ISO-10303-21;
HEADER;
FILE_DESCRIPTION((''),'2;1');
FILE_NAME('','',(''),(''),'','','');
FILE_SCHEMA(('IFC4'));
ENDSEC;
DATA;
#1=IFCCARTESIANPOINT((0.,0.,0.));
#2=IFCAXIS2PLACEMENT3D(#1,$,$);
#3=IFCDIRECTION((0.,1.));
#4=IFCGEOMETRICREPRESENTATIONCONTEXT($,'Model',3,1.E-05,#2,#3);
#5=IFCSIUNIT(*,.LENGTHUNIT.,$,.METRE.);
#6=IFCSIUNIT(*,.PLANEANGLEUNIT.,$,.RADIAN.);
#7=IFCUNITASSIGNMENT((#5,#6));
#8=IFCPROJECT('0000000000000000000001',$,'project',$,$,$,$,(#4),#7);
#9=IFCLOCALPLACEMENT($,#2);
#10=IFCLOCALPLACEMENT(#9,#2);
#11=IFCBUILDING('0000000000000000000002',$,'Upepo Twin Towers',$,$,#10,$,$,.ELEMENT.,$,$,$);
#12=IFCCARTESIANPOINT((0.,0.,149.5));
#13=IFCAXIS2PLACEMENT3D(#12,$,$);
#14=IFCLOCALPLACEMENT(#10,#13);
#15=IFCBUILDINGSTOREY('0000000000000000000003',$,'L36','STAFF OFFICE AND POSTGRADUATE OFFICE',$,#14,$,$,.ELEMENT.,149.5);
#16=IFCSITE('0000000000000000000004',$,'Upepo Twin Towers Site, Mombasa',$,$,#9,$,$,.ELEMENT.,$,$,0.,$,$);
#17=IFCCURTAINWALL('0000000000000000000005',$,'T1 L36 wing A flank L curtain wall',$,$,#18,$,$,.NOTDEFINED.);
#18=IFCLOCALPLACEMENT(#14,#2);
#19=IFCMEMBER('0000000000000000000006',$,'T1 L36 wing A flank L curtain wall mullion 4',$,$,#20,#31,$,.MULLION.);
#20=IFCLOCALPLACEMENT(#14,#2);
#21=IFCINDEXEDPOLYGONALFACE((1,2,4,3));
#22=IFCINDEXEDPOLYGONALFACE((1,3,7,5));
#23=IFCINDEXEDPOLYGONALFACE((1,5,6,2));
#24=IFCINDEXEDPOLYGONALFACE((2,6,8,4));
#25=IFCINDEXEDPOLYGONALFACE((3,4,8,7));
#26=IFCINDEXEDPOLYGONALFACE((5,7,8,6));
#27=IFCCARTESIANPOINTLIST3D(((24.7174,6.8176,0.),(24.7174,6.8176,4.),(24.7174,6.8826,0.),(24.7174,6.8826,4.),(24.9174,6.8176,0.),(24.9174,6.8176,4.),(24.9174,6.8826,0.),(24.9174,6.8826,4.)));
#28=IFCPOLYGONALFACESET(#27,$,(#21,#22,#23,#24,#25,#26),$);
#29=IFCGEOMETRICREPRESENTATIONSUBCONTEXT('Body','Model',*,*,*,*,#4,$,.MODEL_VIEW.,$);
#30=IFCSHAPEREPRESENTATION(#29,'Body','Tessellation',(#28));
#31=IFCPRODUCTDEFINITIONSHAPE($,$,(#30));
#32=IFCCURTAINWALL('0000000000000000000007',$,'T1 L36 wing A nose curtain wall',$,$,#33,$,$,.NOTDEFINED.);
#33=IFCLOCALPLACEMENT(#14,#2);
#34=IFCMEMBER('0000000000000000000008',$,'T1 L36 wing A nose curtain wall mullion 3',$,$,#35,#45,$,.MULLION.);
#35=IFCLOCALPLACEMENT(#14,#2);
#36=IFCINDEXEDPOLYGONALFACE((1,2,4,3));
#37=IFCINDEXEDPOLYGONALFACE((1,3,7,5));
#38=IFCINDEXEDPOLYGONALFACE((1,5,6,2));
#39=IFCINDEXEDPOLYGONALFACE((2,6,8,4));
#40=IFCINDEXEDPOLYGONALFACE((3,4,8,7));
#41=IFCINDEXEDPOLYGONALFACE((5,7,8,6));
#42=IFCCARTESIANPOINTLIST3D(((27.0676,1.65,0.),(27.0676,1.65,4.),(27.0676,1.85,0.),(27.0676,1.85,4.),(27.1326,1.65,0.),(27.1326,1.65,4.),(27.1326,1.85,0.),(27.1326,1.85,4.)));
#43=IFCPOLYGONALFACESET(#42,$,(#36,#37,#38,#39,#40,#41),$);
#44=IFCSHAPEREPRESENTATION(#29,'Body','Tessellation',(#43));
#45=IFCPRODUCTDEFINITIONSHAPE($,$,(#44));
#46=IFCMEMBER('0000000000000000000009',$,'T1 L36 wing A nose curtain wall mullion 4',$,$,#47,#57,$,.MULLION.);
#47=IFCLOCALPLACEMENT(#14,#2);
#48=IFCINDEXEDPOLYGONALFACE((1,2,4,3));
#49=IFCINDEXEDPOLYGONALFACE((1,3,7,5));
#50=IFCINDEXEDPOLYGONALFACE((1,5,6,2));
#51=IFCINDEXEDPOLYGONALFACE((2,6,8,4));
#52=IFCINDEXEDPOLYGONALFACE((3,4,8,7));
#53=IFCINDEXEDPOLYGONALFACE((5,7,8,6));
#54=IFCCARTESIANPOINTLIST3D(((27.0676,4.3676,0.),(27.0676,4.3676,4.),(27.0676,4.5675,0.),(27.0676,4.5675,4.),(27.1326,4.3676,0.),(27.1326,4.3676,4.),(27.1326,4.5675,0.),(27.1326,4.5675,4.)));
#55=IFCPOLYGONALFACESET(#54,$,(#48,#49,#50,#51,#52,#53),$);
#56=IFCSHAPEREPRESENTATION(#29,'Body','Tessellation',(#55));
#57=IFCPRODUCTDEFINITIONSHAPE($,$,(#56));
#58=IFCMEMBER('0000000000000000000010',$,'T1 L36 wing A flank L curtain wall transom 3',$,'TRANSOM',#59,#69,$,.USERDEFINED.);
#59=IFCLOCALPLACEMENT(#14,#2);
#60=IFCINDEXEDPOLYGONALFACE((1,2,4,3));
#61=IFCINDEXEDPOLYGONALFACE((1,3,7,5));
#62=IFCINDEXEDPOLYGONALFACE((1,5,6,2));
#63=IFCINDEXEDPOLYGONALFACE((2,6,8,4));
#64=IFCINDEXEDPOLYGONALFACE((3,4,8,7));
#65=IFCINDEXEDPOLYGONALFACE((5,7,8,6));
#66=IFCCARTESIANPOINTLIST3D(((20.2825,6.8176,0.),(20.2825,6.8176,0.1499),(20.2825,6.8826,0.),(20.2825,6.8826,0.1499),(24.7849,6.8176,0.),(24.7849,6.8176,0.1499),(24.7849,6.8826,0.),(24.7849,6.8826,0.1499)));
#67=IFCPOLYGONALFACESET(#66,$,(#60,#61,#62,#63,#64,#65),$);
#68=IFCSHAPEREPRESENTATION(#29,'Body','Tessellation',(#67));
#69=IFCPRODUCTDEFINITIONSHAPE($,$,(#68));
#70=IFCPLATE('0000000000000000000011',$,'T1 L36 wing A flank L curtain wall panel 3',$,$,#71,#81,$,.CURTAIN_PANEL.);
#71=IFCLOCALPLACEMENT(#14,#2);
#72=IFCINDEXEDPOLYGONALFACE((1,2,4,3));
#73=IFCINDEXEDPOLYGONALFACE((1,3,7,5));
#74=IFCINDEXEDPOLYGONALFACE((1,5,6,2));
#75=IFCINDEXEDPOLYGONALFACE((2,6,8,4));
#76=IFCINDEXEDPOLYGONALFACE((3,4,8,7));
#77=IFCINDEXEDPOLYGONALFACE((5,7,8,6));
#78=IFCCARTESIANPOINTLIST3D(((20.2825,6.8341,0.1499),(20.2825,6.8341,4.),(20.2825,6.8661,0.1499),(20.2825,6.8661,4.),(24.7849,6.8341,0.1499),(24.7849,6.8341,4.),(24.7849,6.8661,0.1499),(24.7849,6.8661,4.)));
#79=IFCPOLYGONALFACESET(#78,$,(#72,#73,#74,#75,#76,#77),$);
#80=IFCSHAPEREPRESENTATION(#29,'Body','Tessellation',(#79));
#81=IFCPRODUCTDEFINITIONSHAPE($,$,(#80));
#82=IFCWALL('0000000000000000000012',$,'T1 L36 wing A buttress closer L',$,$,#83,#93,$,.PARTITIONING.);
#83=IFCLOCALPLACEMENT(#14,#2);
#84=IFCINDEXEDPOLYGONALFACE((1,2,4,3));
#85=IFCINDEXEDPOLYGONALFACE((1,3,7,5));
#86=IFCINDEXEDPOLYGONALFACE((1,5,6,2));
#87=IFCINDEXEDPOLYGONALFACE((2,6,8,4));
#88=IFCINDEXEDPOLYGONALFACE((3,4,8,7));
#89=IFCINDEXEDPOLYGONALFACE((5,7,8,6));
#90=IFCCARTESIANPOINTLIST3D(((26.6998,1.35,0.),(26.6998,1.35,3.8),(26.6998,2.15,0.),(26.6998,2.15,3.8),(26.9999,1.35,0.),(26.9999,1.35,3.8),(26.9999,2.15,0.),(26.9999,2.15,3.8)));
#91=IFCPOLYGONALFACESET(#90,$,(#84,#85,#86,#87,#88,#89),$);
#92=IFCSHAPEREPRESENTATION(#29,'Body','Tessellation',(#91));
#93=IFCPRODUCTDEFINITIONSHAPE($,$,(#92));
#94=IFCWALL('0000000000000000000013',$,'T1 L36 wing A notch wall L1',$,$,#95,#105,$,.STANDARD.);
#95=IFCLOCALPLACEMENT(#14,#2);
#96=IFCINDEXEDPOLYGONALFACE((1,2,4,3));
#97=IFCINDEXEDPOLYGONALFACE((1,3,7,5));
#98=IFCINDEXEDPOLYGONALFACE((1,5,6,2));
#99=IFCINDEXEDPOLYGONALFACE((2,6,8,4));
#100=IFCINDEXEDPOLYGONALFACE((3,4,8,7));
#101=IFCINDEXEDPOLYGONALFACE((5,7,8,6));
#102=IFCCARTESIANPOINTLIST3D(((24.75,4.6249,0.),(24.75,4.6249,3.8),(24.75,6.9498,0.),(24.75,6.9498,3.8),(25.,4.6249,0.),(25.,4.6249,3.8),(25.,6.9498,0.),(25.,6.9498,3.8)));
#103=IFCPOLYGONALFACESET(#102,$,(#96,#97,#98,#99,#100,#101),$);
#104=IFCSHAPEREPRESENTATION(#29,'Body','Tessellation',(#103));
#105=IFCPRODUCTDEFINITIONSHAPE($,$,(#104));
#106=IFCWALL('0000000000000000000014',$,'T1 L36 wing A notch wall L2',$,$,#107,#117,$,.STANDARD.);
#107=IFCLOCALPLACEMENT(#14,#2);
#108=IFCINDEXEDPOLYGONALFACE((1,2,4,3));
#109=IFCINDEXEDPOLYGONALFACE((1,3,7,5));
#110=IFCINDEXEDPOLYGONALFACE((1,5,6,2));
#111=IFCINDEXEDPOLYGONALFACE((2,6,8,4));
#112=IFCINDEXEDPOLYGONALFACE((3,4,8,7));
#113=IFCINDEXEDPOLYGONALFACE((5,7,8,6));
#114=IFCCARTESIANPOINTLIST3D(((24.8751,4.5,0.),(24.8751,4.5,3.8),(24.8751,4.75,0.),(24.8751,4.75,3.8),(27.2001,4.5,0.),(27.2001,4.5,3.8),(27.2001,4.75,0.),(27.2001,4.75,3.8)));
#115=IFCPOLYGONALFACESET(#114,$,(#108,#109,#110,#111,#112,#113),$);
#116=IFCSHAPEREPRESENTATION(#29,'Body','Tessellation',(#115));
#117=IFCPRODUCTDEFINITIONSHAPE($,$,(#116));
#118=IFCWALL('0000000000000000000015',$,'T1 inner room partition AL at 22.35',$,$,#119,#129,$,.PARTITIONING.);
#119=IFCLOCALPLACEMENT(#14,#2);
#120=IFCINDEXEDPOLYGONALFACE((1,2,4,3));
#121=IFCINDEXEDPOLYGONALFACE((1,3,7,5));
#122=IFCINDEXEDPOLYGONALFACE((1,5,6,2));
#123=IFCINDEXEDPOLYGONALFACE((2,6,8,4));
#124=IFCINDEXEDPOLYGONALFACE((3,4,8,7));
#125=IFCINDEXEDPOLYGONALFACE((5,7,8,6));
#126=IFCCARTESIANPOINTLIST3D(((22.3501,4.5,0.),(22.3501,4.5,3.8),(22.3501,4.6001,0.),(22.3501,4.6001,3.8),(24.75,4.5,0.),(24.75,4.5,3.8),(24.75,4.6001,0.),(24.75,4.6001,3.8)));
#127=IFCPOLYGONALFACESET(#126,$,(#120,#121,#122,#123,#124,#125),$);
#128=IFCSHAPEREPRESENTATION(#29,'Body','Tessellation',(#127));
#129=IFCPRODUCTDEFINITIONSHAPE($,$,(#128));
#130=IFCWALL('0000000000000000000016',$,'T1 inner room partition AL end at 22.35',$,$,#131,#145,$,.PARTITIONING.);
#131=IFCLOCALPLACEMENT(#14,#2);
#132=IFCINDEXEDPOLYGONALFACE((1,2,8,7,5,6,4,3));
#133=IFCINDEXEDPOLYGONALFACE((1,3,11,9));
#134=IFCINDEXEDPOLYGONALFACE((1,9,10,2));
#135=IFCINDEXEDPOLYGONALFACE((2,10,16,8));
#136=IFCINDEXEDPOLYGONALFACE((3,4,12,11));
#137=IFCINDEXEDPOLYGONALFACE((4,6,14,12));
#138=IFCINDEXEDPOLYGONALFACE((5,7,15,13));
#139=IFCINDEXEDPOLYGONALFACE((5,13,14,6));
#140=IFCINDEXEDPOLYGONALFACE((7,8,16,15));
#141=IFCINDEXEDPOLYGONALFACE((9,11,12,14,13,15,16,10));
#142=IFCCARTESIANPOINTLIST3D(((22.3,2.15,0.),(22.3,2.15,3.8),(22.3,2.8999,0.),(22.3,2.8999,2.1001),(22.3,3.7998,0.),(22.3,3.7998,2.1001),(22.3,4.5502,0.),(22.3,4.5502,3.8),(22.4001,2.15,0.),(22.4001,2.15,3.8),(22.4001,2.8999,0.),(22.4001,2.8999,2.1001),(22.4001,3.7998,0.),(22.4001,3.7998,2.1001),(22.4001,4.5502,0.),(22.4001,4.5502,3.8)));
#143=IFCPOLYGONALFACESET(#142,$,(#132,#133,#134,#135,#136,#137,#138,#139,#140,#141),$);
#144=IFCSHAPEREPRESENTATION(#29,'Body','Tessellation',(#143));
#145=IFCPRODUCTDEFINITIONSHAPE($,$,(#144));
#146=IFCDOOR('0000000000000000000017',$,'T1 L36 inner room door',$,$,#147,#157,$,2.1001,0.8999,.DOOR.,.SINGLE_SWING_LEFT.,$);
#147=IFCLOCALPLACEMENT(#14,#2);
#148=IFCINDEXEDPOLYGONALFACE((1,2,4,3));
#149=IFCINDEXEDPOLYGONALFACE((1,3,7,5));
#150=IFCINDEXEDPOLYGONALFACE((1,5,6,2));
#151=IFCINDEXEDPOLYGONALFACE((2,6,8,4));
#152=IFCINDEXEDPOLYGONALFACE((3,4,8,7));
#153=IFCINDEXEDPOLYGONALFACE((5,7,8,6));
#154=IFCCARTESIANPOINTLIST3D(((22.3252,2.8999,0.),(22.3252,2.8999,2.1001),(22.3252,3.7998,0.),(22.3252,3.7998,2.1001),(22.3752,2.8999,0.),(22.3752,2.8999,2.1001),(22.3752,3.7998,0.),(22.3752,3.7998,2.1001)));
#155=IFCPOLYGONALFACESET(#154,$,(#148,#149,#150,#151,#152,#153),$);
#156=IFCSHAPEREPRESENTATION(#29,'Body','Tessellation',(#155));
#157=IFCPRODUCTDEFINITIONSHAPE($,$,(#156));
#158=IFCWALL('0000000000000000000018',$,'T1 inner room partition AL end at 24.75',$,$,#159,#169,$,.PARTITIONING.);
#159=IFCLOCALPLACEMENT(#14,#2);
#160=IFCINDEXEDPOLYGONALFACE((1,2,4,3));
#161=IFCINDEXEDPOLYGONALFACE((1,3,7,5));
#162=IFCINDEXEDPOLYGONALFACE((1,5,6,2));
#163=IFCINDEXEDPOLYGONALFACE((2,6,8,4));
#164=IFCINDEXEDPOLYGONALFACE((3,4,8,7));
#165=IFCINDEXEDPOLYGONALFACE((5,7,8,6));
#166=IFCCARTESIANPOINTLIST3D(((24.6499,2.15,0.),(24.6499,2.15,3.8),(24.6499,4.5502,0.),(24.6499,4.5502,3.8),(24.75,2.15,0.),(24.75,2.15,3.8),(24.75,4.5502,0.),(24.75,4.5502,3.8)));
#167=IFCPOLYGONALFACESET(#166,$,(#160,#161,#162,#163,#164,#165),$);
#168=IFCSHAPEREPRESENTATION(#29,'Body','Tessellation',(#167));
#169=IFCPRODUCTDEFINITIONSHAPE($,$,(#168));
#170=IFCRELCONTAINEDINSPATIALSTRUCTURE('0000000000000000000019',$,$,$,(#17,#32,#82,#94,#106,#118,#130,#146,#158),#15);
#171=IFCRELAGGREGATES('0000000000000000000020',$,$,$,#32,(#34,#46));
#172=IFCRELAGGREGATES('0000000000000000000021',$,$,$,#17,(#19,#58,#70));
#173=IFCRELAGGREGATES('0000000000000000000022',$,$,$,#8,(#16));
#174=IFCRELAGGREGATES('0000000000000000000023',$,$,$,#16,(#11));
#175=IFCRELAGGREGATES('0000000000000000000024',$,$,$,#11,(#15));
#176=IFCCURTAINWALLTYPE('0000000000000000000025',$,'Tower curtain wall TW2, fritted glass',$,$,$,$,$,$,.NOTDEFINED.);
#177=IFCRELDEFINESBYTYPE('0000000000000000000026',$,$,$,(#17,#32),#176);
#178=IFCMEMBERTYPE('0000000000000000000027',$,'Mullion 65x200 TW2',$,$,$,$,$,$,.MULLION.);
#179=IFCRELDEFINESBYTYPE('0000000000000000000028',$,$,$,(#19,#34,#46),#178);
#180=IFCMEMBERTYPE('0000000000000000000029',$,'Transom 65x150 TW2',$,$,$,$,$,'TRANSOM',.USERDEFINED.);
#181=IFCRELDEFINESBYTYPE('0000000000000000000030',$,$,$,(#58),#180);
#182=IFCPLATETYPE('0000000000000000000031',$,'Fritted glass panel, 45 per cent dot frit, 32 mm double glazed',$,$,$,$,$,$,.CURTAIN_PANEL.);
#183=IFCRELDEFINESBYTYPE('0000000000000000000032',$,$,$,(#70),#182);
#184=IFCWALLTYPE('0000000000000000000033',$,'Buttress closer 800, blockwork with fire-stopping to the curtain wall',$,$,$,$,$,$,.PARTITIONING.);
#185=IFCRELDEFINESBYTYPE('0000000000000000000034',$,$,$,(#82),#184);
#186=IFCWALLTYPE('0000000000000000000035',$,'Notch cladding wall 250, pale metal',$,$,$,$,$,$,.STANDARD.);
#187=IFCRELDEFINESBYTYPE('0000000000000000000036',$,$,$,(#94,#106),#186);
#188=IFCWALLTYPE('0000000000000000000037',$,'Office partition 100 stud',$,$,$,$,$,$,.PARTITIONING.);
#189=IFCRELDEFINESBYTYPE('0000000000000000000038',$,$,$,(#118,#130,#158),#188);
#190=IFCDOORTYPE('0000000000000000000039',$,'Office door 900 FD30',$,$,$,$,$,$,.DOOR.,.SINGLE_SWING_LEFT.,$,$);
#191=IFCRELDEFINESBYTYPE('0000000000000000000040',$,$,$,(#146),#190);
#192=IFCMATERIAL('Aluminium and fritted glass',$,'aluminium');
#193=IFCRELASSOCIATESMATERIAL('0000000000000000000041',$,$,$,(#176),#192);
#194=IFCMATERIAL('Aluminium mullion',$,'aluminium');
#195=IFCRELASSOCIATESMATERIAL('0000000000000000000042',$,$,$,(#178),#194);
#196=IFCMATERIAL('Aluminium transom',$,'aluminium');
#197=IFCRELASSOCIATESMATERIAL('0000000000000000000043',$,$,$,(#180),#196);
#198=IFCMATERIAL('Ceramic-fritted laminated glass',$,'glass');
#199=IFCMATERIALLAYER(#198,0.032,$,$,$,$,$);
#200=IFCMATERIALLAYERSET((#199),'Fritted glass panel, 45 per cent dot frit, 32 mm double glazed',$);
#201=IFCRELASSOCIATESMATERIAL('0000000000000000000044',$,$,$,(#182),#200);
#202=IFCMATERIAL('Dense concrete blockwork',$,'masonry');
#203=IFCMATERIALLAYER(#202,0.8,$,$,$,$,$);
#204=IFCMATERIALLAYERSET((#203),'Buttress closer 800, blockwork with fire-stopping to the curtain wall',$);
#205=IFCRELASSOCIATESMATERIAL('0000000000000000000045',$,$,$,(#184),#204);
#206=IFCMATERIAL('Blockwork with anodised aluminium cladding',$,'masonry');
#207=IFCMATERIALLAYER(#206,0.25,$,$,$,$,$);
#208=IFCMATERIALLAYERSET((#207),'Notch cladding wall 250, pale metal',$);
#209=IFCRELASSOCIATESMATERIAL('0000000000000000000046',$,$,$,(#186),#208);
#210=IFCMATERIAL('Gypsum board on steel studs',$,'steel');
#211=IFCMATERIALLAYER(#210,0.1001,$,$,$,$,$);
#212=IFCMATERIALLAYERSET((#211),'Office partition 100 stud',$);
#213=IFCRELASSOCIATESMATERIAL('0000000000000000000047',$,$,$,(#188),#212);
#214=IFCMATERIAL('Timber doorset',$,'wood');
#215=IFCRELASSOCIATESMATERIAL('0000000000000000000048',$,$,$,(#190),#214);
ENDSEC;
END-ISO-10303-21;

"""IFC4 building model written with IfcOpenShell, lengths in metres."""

from ifc_helpers import new_model, si_unit, direction, frame, frame_2d, origin, origin_2d, place, context, subcontext, project, spatial, rectangle, extrude, material, layer, layer_set, material_profile, profile_set, type_object, element, fill, aggregate, save


model = new_model("IFC4")

# Units and contexts
model_context = context("Model", 3, precision=1e-05, world=origin(), true_north=direction((0.0, 1.0)))
body_context = subcontext(model_context, "Body", "Model", "MODEL_VIEW")
ifc_project = project(units=[si_unit("LENGTHUNIT", "METRE"), si_unit("PLANEANGLEUNIT", "RADIAN")], contexts=[model_context])

# Site, building, storey
site_placement = place(None, origin())
site = spatial("IfcSite", under=ifc_project, at=site_placement, Name="Upepo Twin Towers Site, Mombasa", CompositionType="ELEMENT", RefElevation=0.0)
building_placement = place(site_placement, origin())
building = spatial("IfcBuilding", under=site, at=building_placement, Name="Upepo Twin Towers", CompositionType="ELEMENT")
storey_placement = place(building_placement, frame((0.0, 0.0, 149.5)))
storey = spatial("IfcBuildingStorey", under=building, at=storey_placement, Name="L36", Description="STAFF OFFICE AND POSTGRADUATE OFFICE", CompositionType="ELEMENT", Elevation=149.5)

# Curtain walls, members
ifc_material_1 = material(Name="Aluminium and fritted glass", Category="aluminium")
curtain_wall_type = type_object("IfcCurtainWallType", Name="Tower curtain wall TW2, fritted glass", PredefinedType="NOTDEFINED", material=ifc_material_1)
curtain_wall_1_placement = place(storey_placement, origin())
curtain_wall_1 = element("IfcCurtainWall", 1, at=curtain_wall_1_placement, inside=storey, type_object=curtain_wall_type, Name="T1 L36 wing A flank L curtain wall", PredefinedType="NOTDEFINED")
ifc_material_2 = material(Name="Aluminium mullion", Category="aluminium")
ifc_material_profile_1 = material_profile(ifc_material_2, rectangle(XDim=0.0649, YDim=0.2, at=origin_2d()), Name="MULLION 65x200")
ifc_profile_set_1 = profile_set([ifc_material_profile_1], Name="Aluminium mullion")
member_type_1 = type_object("IfcMemberType", Name="Mullion 65x200 TW2", PredefinedType="MULLION", material=ifc_profile_set_1)
member_1_placement = place(storey_placement, frame((24.8174, 6.8501, 0.0), z_axis=(0.0, 0.0, 1.0), x_axis=(0.0, 1.0, 0.0)))
member_1 = element("IfcMember", 2, at=member_1_placement, type_object=member_type_1, Name="T1 L36 wing A flank L curtain wall mullion 4", PredefinedType="MULLION", context=body_context, shape_type="SweptSolid", body=[
    extrude(rectangle(XDim=0.0649, YDim=0.2, at=origin_2d()), origin(), (0.0, 0.0, 1.0), 4.0),
])
curtain_wall_2_placement = place(storey_placement, origin())
curtain_wall_2 = element("IfcCurtainWall", 3, at=curtain_wall_2_placement, inside=storey, type_object=curtain_wall_type, Name="T1 L36 wing A nose curtain wall", PredefinedType="NOTDEFINED")
member_2_placement = place(storey_placement, frame((27.1001, 1.75, 0.0), z_axis=(0.0, 0.0, 1.0), x_axis=(-1.0, 0.0, 0.0)))
member_2 = element("IfcMember", 4, at=member_2_placement, type_object=member_type_1, Name="T1 L36 wing A nose curtain wall mullion 3", PredefinedType="MULLION", context=body_context, shape_type="SweptSolid", body=[
    extrude(rectangle(XDim=0.0649, YDim=0.2, at=origin_2d()), origin(), (0.0, 0.0, 1.0), 4.0),
])
member_3_placement = place(storey_placement, frame((27.1001, 4.4675, 0.0), z_axis=(0.0, 0.0, 1.0), x_axis=(-1.0, 0.0, 0.0)))
member_3 = element("IfcMember", 5, at=member_3_placement, type_object=member_type_1, Name="T1 L36 wing A nose curtain wall mullion 4", PredefinedType="MULLION", context=body_context, shape_type="SweptSolid", body=[
    extrude(rectangle(XDim=0.0649, YDim=0.2, at=origin_2d()), origin(), (0.0, 0.0, 1.0), 4.0),
])
aggregate(curtain_wall_2, [member_2, member_3])

# Member
ifc_material_3 = material(Name="Aluminium transom", Category="aluminium")
ifc_material_profile_2 = material_profile(ifc_material_3, rectangle(XDim=0.0649, YDim=0.1499, at=origin_2d()), Name="TRANSOM 65x150")
ifc_profile_set_2 = profile_set([ifc_material_profile_2], Name="Aluminium transom")
member_type_2 = type_object("IfcMemberType", Name="Transom 65x150 TW2", ElementType="TRANSOM", PredefinedType="USERDEFINED", material=ifc_profile_set_2)
member_4_placement = place(storey_placement, frame((20.2825, 6.8501, 0.075), z_axis=(1.0, 0.0, 0.0), x_axis=(0.0, 1.0, 0.0)))
member_4 = element("IfcMember", 6, at=member_4_placement, type_object=member_type_2, Name="T1 L36 wing A flank L curtain wall transom 3", ObjectType="TRANSOM", PredefinedType="USERDEFINED", context=body_context, shape_type="SweptSolid", body=[
    extrude(rectangle(XDim=0.0649, YDim=0.1499, at=origin_2d()), origin(), (0.0, 0.0, 1.0), 4.5024),
])

# Plate
ifc_material_4 = material(Name="Ceramic-fritted laminated glass", Category="glass")
ifc_layer_1 = layer(ifc_material_4, 0.032)
ifc_layer_set_1 = layer_set([ifc_layer_1], Name="Fritted glass panel, 45 per cent dot frit, 32 mm double glazed")
plate_type = type_object("IfcPlateType", Name="Fritted glass panel, 45 per cent dot frit, 32 mm double glazed", PredefinedType="CURTAIN_PANEL", material=ifc_layer_set_1)
plate_placement = place(storey_placement, frame((22.5337, 6.8501, 0.1499), z_axis=(0.0, 0.0, 1.0), x_axis=(1.0, 0.0, 0.0)))
plate = element("IfcPlate", 7, at=plate_placement, type_object=plate_type, Name="T1 L36 wing A flank L curtain wall panel 3", PredefinedType="CURTAIN_PANEL", context=body_context, shape_type="SweptSolid", body=[
    extrude(rectangle(XDim=4.5024, YDim=0.032, at=origin_2d()), origin(), (0.0, 0.0, 1.0), 3.8501),
])
aggregate(curtain_wall_1, [member_1, member_4, plate])

# Walls
ifc_material_5 = material(Name="Dense concrete blockwork", Category="masonry")
ifc_layer_2 = layer(ifc_material_5, 0.8)
ifc_layer_set_2 = layer_set([ifc_layer_2], Name="Buttress closer 800, blockwork with fire-stopping to the curtain wall")
wall_type_1 = type_object("IfcWallType", Name="Buttress closer 800, blockwork with fire-stopping to the curtain wall", PredefinedType="PARTITIONING", material=ifc_layer_set_2)
wall_1_placement = place(storey_placement, frame((26.7, 1.75, 0.0), z_axis=(0.0, 0.0, 1.0), x_axis=(1.0, 0.0, 0.0)))
element("IfcWall", 8, at=wall_1_placement, inside=storey, type_object=wall_type_1, Name="T1 L36 wing A buttress closer L", PredefinedType="PARTITIONING", context=body_context, shape_type="SweptSolid", body=[
    extrude(rectangle(XDim=0.3, YDim=0.8, at=frame_2d((0.1499, 0.0))), origin(), (0.0, 0.0, 1.0), 3.8),
])
ifc_material_6 = material(Name="Blockwork with anodised aluminium cladding", Category="masonry")
ifc_layer_3 = layer(ifc_material_6, 0.25)
ifc_layer_set_3 = layer_set([ifc_layer_3], Name="Notch cladding wall 250, pale metal")
wall_type_2 = type_object("IfcWallType", Name="Notch cladding wall 250, pale metal", PredefinedType="STANDARD", material=ifc_layer_set_3)
for number, where, z_axis, x_axis, name in (
    (9, (24.875, 6.95, 0.0), (0.0, 0.0, 1.0), (0.0, -1.0, 0.0), "T1 L36 wing A notch wall L1"),
    (10, (24.875, 4.625, 0.0), (0.0, 0.0, 1.0), (1.0, 0.0, 0.0), "T1 L36 wing A notch wall L2"),
):
    element("IfcWall", number, at=place(storey_placement, frame(where, z_axis=z_axis, x_axis=x_axis)), inside=storey, type_object=wall_type_2, Name=name, PredefinedType="STANDARD", context=body_context, shape_type="SweptSolid", body=[
        extrude(rectangle(XDim=2.325, YDim=0.25, at=frame_2d((1.1626, 0.0))), origin(), (0.0, 0.0, 1.0), 3.8),
    ])
ifc_material_7 = material(Name="Gypsum board on steel studs", Category="steel")
ifc_layer_4 = layer(ifc_material_7, 0.1001)
ifc_layer_set_4 = layer_set([ifc_layer_4], Name="Office partition 100 stud")
wall_type_3 = type_object("IfcWallType", Name="Office partition 100 stud", PredefinedType="PARTITIONING", material=ifc_layer_set_4)
wall_2_placement = place(storey_placement, frame((22.3501, 4.55, 0.0), z_axis=(0.0, 0.0, 1.0), x_axis=(1.0, 0.0, 0.0)))
element("IfcWall", 11, at=wall_2_placement, inside=storey, type_object=wall_type_3, Name="T1 inner room partition AL at 22.35", PredefinedType="PARTITIONING", context=body_context, shape_type="SweptSolid", body=[
    extrude(rectangle(XDim=2.3999, YDim=0.1001, at=frame_2d((1.2, 0.0))), origin(), (0.0, 0.0, 1.0), 3.8),
])

# Wall, opening, door
wall_3_placement = place(storey_placement, frame((22.3501, 2.1499, 0.0), z_axis=(0.0, 0.0, 1.0), x_axis=(0.0, 1.0, 0.0)))
wall_3 = element("IfcWall", 12, at=wall_3_placement, inside=storey, type_object=wall_type_3, Name="T1 inner room partition AL end at 22.35", PredefinedType="PARTITIONING", context=body_context, shape_type="SweptSolid", body=[
    extrude(rectangle(XDim=2.4001, YDim=0.1001, at=frame_2d((1.2002, 0.0))), origin(), (0.0, 0.0, 1.0), 3.8),
])
opening_placement = place(wall_3_placement, frame((0.75, 0.0, 0.0)))
opening = element("IfcOpeningElement", 13, at=opening_placement, cuts=wall_3, PredefinedType="OPENING", context=body_context, shape_type="SweptSolid", body=[
    extrude(rectangle(XDim=0.8999, YDim=2.1001, at=frame_2d((0.45, 1.05))), frame((0.0, 0.0601, 0.0), z_axis=(0.0, -1.0, 0.0), x_axis=(1.0, 0.0, 0.0)), (0.0, 0.0, 1.0), 0.1201),
])
ifc_material_8 = material(Name="Timber doorset", Category="wood")
door_type = type_object("IfcDoorType", Name="Office door 900 FD30", OperationType="SINGLE_SWING_LEFT", PredefinedType="DOOR", material=ifc_material_8)
door_placement = place(opening_placement, origin())
door = element("IfcDoor", 14, at=door_placement, inside=storey, type_object=door_type, Name="T1 L36 inner room door", OperationType="SINGLE_SWING_LEFT", OverallHeight=2.1001, OverallWidth=0.8999, PredefinedType="DOOR", context=body_context, shape_type="SweptSolid", body=[
    extrude(rectangle(XDim=0.8999, YDim=2.1001, at=frame_2d((0.45, 1.05))), frame((0.0, 0.0249, 0.0), z_axis=(0.0, -1.0, 0.0), x_axis=(1.0, 0.0, 0.0)), (0.0, 0.0, 1.0), 0.05),
])
fill(opening, door)

# Wall
wall_4_placement = place(storey_placement, frame((24.7, 2.1499, 0.0), z_axis=(0.0, 0.0, 1.0), x_axis=(0.0, 1.0, 0.0)))
element("IfcWall", 15, at=wall_4_placement, inside=storey, type_object=wall_type_3, Name="T1 inner room partition AL end at 24.75", PredefinedType="PARTITIONING", context=body_context, shape_type="SweptSolid", body=[
    extrude(rectangle(XDim=2.4001, YDim=0.1001, at=frame_2d((1.2002, 0.0))), origin(), (0.0, 0.0, 1.0), 3.8),
])

save(model, "model.ifc")
